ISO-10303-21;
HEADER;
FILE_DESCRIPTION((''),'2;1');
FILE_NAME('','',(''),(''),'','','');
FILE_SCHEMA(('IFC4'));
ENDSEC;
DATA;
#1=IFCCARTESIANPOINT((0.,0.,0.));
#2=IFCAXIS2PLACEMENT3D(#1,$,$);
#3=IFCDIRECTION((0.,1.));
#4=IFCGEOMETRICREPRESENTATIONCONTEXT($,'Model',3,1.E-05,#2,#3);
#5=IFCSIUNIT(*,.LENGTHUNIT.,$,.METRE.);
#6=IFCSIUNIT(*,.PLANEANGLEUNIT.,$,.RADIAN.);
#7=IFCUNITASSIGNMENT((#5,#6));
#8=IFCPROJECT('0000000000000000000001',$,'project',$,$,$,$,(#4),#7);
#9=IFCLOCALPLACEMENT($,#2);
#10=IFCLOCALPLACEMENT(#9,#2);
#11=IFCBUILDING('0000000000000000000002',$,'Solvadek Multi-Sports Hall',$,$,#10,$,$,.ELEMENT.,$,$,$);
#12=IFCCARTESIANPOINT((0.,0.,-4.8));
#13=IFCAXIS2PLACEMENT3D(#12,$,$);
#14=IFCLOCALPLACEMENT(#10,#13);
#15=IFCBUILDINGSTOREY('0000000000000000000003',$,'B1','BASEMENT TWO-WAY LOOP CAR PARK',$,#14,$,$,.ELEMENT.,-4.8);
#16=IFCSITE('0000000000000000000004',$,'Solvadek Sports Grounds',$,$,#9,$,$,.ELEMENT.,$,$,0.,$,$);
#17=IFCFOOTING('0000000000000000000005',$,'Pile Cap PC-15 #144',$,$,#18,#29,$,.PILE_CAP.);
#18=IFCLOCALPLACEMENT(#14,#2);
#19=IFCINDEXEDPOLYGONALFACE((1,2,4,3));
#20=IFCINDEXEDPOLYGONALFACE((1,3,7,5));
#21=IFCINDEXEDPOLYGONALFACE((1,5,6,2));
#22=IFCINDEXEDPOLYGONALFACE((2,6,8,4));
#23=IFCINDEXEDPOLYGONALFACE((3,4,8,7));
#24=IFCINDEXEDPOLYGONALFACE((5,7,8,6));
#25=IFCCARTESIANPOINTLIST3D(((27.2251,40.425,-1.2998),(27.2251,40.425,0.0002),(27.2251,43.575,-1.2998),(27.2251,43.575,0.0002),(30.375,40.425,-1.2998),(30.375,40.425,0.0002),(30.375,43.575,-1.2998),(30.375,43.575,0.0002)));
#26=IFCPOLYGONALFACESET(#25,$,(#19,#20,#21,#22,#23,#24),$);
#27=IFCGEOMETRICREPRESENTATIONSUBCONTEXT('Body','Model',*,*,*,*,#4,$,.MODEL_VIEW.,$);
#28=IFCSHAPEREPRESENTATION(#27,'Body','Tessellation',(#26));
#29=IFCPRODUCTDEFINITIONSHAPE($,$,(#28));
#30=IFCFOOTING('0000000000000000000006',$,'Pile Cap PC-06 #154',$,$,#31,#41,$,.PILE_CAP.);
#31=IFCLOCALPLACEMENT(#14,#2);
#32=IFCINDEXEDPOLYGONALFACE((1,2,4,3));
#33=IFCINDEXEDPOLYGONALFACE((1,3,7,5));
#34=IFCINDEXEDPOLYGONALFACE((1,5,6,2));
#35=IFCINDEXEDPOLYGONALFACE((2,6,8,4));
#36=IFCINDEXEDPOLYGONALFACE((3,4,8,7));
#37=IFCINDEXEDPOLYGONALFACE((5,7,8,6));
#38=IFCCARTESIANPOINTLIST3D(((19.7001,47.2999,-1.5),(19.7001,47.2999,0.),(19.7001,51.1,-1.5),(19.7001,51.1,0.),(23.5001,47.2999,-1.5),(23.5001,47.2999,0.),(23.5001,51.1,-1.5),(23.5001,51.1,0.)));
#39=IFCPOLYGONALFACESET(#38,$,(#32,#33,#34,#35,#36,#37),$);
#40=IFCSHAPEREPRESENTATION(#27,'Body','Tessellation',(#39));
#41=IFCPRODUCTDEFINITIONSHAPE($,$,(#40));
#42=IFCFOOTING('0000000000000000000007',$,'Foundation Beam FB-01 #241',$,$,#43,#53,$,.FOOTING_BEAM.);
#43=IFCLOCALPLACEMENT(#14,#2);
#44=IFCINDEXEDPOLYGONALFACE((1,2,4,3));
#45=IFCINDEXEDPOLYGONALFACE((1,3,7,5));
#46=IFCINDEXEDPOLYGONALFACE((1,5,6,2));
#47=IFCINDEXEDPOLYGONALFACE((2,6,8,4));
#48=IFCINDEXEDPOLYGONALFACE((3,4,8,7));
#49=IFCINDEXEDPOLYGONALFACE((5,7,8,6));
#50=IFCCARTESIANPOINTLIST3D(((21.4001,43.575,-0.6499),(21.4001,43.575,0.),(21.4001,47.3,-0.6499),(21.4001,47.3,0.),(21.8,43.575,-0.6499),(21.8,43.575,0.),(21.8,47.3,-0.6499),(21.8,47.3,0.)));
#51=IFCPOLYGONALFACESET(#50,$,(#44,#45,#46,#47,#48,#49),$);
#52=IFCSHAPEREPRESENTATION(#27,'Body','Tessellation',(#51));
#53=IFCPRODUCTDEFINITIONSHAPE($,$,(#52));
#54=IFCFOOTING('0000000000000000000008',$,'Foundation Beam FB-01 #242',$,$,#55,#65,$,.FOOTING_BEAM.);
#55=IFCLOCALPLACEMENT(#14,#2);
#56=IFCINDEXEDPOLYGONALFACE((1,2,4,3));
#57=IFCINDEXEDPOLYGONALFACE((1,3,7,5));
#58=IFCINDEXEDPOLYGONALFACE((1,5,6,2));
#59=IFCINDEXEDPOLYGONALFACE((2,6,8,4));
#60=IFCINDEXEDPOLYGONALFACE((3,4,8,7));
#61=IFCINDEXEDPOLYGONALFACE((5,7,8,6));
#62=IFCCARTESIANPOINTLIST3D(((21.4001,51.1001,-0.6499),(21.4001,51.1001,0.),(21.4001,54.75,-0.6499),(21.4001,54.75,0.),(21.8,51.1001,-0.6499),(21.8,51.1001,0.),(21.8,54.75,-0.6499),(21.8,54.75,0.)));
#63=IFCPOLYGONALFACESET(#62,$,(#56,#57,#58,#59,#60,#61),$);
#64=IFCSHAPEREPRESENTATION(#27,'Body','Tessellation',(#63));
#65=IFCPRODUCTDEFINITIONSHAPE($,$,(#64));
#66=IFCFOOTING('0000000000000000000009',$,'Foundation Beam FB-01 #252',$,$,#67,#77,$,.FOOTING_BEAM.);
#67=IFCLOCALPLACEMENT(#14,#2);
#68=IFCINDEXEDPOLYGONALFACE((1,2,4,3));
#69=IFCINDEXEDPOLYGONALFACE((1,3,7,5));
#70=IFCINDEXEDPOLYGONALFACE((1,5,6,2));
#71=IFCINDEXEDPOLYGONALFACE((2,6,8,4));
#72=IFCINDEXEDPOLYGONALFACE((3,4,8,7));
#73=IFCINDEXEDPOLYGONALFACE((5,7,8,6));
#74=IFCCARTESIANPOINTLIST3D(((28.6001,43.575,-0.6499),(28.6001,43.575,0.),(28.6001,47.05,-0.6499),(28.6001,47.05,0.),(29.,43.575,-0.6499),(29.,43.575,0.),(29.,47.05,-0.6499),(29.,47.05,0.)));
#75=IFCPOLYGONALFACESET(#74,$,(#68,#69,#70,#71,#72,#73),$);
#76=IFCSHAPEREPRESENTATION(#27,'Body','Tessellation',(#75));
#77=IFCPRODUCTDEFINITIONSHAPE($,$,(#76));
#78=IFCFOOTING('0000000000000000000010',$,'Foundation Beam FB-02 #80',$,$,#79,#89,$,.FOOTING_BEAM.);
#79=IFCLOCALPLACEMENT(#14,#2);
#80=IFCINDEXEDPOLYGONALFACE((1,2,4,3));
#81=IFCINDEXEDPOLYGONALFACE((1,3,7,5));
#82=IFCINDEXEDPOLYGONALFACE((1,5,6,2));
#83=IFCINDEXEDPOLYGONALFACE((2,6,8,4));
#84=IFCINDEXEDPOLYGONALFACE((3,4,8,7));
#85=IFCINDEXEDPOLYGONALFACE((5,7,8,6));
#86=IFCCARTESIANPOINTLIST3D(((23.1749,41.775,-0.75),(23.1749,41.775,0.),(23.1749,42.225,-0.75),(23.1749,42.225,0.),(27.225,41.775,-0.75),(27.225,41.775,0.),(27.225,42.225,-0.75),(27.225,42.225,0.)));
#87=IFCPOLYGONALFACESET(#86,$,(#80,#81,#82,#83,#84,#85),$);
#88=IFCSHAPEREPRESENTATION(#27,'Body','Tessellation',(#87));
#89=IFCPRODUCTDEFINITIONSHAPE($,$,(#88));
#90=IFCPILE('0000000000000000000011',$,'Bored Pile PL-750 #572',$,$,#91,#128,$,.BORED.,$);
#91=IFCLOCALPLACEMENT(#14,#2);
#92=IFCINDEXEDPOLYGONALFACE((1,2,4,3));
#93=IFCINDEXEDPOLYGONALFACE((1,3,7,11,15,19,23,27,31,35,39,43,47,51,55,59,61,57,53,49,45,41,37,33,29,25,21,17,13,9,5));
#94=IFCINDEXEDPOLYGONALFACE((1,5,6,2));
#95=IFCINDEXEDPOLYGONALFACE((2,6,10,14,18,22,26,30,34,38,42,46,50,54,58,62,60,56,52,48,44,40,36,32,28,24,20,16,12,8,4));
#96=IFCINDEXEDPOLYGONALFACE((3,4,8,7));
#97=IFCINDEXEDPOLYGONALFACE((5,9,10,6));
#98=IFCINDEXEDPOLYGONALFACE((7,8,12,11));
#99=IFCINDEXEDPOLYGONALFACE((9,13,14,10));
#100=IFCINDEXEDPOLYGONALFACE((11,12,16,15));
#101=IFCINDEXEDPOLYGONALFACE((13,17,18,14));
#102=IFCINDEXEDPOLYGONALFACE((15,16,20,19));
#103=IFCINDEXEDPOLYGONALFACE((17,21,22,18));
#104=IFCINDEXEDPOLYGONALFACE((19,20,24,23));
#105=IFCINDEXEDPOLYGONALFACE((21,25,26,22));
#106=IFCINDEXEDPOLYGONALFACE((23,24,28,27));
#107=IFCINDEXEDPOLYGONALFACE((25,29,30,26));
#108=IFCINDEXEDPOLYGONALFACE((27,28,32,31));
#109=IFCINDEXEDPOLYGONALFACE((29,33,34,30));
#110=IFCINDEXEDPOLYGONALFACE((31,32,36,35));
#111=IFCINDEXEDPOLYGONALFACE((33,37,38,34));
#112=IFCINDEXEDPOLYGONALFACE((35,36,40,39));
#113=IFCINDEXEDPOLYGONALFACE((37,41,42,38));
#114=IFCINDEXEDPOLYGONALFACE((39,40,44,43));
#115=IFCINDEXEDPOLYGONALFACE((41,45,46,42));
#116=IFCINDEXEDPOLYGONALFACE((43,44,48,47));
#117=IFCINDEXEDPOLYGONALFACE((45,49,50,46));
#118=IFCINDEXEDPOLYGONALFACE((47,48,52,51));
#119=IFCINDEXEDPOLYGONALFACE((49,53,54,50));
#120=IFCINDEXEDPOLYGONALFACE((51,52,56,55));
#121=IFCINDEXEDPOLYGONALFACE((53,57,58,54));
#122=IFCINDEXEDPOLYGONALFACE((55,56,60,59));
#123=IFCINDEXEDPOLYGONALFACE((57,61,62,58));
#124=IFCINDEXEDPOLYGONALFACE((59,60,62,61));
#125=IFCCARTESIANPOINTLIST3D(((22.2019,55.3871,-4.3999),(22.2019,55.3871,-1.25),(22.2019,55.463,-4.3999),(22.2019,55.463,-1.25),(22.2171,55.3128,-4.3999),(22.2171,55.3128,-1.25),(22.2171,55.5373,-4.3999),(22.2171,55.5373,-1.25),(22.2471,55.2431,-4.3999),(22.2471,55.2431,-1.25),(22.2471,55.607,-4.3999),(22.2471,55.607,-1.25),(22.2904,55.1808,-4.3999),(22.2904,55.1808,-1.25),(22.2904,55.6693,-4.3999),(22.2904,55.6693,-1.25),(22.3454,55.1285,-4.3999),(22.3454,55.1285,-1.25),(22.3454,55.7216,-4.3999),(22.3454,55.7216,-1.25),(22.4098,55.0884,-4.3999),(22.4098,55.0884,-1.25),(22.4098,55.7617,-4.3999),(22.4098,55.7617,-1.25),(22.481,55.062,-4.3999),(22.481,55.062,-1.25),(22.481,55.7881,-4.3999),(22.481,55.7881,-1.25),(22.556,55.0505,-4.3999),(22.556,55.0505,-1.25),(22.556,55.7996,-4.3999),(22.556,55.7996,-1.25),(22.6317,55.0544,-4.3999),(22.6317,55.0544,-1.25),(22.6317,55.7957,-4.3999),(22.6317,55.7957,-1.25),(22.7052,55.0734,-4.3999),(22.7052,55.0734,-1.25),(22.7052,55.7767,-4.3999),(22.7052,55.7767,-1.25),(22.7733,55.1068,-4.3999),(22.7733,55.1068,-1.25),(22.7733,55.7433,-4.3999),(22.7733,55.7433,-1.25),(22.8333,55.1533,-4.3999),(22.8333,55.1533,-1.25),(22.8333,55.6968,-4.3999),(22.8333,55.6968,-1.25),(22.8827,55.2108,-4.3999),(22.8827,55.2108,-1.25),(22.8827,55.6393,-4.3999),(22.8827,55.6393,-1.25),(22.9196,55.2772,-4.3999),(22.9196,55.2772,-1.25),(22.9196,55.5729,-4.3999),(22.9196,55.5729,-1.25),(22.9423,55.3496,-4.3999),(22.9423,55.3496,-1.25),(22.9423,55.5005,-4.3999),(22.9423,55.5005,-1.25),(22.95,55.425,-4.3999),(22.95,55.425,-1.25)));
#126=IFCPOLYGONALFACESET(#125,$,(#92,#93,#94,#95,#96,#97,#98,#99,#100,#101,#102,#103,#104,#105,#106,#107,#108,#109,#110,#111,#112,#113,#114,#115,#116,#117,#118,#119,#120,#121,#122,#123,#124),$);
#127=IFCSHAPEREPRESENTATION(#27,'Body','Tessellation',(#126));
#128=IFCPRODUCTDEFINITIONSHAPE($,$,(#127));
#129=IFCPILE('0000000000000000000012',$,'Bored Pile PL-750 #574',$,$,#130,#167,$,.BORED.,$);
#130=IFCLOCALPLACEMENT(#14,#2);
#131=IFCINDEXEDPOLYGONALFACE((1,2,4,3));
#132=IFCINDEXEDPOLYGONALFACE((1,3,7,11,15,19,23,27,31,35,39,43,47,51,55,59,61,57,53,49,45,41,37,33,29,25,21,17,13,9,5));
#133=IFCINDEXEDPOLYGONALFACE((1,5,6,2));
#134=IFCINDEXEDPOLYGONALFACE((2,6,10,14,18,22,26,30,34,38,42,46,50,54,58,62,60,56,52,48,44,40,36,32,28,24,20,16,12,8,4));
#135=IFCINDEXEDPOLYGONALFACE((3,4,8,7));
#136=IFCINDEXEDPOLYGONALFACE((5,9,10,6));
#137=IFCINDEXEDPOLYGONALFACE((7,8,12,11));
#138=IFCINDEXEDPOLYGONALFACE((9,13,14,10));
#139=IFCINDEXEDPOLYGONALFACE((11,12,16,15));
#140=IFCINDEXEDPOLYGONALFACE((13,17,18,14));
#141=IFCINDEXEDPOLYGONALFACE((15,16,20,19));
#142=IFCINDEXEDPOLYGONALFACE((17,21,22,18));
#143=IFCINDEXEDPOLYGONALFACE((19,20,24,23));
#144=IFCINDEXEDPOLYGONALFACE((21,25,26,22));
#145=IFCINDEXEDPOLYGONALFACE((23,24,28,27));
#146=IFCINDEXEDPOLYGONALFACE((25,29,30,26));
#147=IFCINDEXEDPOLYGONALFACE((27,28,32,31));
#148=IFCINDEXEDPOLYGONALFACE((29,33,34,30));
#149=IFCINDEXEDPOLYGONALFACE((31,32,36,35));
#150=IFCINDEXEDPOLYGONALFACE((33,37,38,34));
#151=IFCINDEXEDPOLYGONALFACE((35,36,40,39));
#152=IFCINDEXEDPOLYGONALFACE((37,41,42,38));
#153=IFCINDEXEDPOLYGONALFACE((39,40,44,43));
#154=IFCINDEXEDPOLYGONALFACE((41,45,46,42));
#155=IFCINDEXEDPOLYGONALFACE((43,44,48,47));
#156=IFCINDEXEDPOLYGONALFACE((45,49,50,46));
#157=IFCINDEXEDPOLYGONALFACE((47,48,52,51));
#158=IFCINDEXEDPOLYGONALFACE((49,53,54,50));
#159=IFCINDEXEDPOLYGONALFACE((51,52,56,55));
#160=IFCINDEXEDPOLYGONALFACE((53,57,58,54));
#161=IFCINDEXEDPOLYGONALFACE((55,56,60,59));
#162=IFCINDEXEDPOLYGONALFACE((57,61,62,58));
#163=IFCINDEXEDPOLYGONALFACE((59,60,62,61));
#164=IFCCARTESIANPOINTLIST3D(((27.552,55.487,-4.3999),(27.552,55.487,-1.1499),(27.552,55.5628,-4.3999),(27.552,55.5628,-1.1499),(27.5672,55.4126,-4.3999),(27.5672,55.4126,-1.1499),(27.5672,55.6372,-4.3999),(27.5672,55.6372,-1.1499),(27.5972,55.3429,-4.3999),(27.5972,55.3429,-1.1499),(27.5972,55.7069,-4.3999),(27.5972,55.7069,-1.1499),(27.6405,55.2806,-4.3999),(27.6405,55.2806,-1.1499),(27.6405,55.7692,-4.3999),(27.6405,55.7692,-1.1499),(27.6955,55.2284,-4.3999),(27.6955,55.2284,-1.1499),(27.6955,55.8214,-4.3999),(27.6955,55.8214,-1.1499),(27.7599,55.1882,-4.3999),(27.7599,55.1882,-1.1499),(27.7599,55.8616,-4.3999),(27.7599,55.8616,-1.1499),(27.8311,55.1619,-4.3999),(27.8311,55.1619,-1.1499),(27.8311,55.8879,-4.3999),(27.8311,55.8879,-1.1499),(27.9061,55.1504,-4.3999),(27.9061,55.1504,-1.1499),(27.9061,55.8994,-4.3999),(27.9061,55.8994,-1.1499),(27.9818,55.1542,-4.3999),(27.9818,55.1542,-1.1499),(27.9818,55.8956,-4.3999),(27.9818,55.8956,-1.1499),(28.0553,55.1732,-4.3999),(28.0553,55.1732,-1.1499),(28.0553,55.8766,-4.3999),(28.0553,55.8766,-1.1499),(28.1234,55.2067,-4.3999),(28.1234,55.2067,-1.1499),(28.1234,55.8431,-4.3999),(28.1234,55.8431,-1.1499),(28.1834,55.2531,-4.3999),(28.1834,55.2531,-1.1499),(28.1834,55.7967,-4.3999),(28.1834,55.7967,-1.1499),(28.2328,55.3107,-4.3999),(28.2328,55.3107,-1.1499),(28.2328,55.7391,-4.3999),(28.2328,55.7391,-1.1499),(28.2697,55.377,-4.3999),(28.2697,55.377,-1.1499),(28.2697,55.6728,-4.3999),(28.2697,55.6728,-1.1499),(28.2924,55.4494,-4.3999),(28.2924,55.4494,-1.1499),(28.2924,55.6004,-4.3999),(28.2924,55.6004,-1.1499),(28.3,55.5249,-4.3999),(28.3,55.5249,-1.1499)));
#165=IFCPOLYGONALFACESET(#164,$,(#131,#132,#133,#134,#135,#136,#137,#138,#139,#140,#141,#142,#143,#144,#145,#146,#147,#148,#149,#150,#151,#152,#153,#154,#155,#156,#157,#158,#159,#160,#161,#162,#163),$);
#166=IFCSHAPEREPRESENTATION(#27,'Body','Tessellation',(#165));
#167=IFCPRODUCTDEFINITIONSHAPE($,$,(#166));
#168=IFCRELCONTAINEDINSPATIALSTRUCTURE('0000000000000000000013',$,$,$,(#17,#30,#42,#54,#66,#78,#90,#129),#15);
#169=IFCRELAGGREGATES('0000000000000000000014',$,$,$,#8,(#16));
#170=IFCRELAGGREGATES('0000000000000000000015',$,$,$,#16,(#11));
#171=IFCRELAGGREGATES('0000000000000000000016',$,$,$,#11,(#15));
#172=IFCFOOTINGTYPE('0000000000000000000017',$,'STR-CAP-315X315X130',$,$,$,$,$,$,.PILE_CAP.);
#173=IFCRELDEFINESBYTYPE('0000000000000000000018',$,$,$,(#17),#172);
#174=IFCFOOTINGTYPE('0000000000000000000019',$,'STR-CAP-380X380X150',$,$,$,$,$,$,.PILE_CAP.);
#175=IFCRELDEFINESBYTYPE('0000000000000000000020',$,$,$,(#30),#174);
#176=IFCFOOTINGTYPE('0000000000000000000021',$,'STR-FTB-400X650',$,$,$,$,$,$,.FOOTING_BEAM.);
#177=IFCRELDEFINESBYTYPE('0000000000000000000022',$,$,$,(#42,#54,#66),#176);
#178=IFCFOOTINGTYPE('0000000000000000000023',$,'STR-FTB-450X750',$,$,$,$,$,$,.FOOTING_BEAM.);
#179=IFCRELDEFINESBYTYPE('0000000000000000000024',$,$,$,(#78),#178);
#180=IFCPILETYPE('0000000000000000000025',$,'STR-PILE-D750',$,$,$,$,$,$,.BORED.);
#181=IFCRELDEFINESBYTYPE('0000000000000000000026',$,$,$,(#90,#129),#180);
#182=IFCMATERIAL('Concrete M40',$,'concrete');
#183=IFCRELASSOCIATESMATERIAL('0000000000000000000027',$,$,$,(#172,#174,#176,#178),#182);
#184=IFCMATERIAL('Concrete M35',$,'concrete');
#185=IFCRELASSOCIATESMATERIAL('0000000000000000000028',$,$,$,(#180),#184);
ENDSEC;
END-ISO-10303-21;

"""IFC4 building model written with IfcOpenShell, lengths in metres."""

from ifc_helpers import new_model, si_unit, direction, frame, origin, origin_2d, place, context, subcontext, project, spatial, rectangle, circle, extrude, material, material_profile, profile_set, type_object, element, save


model = new_model("IFC4")

# Units and contexts
model_context = context("Model", 3, precision=1e-05, world=origin(), true_north=direction((0.0, 1.0)))
body_context = subcontext(model_context, "Body", "Model", "MODEL_VIEW")
ifc_project = project(units=[si_unit("LENGTHUNIT", "METRE"), si_unit("PLANEANGLEUNIT", "RADIAN")], contexts=[model_context])

# Site, building, storey
site_placement = place(None, origin())
site = spatial("IfcSite", under=ifc_project, at=site_placement, Name="Solvadek Sports Grounds", CompositionType="ELEMENT", RefElevation=0.0)
building_placement = place(site_placement, origin())
building = spatial("IfcBuilding", under=site, at=building_placement, Name="Solvadek Multi-Sports Hall", CompositionType="ELEMENT")
storey_placement = place(building_placement, frame((0.0, 0.0, -4.8)))
storey = spatial("IfcBuildingStorey", under=building, at=storey_placement, Name="B1", Description="BASEMENT TWO-WAY LOOP CAR PARK", CompositionType="ELEMENT", Elevation=-4.8)

# Footings
ifc_material_1 = material(Name="Concrete M40", Category="concrete")
footing_type_1 = type_object("IfcFootingType", Name="STR-CAP-315X315X130", PredefinedType="PILE_CAP", material=ifc_material_1)
footing_1_placement = place(storey_placement, frame((28.8, 42.0, -1.2998), z_axis=(0.0, 0.0, 1.0), x_axis=(1.0, 0.0, 0.0)))
element("IfcFooting", 1, at=footing_1_placement, inside=storey, type_object=footing_type_1, Name="Pile Cap PC-15 #144", PredefinedType="PILE_CAP", context=body_context, shape_type="SweptSolid", body=[
    extrude(rectangle(XDim=3.1499, YDim=3.1499, at=origin_2d()), origin(), (0.0, 0.0, 1.0), 1.3),
])
footing_type_2 = type_object("IfcFootingType", Name="STR-CAP-380X380X150", PredefinedType="PILE_CAP", material=ifc_material_1)
footing_2_placement = place(storey_placement, frame((21.6001, 49.2, -1.5), z_axis=(0.0, 0.0, 1.0), x_axis=(1.0, 0.0, 0.0)))
element("IfcFooting", 2, at=footing_2_placement, inside=storey, type_object=footing_type_2, Name="Pile Cap PC-06 #154", PredefinedType="PILE_CAP", context=body_context, shape_type="SweptSolid", body=[
    extrude(rectangle(XDim=3.8, YDim=3.8, at=origin_2d()), origin(), (0.0, 0.0, 1.0), 1.5),
])
footing_type_3 = type_object("IfcFootingType", Name="STR-FTB-400X650", PredefinedType="FOOTING_BEAM", material=ifc_material_1)
footing_3_placement = place(storey_placement, frame((21.6001, 45.4375, -0.6499), z_axis=(0.0, 0.0, 1.0), x_axis=(0.0, 1.0, 0.0)))
element("IfcFooting", 3, at=footing_3_placement, inside=storey, type_object=footing_type_3, Name="Foundation Beam FB-01 #241", PredefinedType="FOOTING_BEAM", context=body_context, shape_type="SweptSolid", body=[
    extrude(rectangle(XDim=3.7251, YDim=0.3999, at=origin_2d()), origin(), (0.0, 0.0, 1.0), 0.6499),
])
footing_4_placement = place(storey_placement, frame((21.6001, 52.925, -0.6499), z_axis=(0.0, 0.0, 1.0), x_axis=(0.0, 1.0, 0.0)))
element("IfcFooting", 4, at=footing_4_placement, inside=storey, type_object=footing_type_3, Name="Foundation Beam FB-01 #242", PredefinedType="FOOTING_BEAM", context=body_context, shape_type="SweptSolid", body=[
    extrude(rectangle(XDim=3.6499, YDim=0.3999, at=origin_2d()), origin(), (0.0, 0.0, 1.0), 0.6499),
])
footing_5_placement = place(storey_placement, frame((28.8, 45.3125, -0.6499), z_axis=(0.0, 0.0, 1.0), x_axis=(0.0, 1.0, 0.0)))
element("IfcFooting", 5, at=footing_5_placement, inside=storey, type_object=footing_type_3, Name="Foundation Beam FB-01 #252", PredefinedType="FOOTING_BEAM", context=body_context, shape_type="SweptSolid", body=[
    extrude(rectangle(XDim=3.4751, YDim=0.3999, at=origin_2d()), origin(), (0.0, 0.0, 1.0), 0.6499),
])
footing_type_4 = type_object("IfcFootingType", Name="STR-FTB-450X750", PredefinedType="FOOTING_BEAM", material=ifc_material_1)
footing_6_placement = place(storey_placement, frame((25.2, 42.0, -0.75), z_axis=(0.0, 0.0, 1.0), x_axis=(1.0, 0.0, 0.0)))
element("IfcFooting", 6, at=footing_6_placement, inside=storey, type_object=footing_type_4, Name="Foundation Beam FB-02 #80", PredefinedType="FOOTING_BEAM", context=body_context, shape_type="SweptSolid", body=[
    extrude(rectangle(XDim=4.05, YDim=0.45, at=origin_2d()), origin(), (0.0, 0.0, 1.0), 0.75),
])

# Piles
ifc_material_2 = material(Name="Concrete M35", Category="concrete")
ifc_material_profile_1 = material_profile(ifc_material_2, circle(Radius=0.375, at=origin_2d()), Name="BORED PILE D750")
ifc_profile_set_1 = profile_set([ifc_material_profile_1], Name="Concrete M35")
pile_type_1 = type_object("IfcPileType", Name="STR-PILE-D750", PredefinedType="BORED", material=ifc_profile_set_1)
pile_1_placement = place(storey_placement, frame((22.575, 55.425, -1.25), z_axis=(0.0, 0.0, -1.0), x_axis=(1.0, 0.0, 0.0)))
element("IfcPile", 7, at=pile_1_placement, inside=storey, type_object=pile_type_1, Name="Bored Pile PL-750 #572", PredefinedType="BORED", context=body_context, shape_type="SweptSolid", body=[
    extrude(circle(Radius=0.375, at=origin_2d()), origin(), (0.0, 0.0, 1.0), 3.1499),
])
pile_2_placement = place(storey_placement, frame((27.925, 55.5249, -1.1499), z_axis=(0.0, 0.0, -1.0), x_axis=(1.0, 0.0, 0.0)))
element("IfcPile", 8, at=pile_2_placement, inside=storey, type_object=pile_type_1, Name="Bored Pile PL-750 #574", PredefinedType="BORED", context=body_context, shape_type="SweptSolid", body=[
    extrude(circle(Radius=0.375, at=origin_2d()), origin(), (0.0, 0.0, 1.0), 3.25),
])

save(model, "model.ifc")
